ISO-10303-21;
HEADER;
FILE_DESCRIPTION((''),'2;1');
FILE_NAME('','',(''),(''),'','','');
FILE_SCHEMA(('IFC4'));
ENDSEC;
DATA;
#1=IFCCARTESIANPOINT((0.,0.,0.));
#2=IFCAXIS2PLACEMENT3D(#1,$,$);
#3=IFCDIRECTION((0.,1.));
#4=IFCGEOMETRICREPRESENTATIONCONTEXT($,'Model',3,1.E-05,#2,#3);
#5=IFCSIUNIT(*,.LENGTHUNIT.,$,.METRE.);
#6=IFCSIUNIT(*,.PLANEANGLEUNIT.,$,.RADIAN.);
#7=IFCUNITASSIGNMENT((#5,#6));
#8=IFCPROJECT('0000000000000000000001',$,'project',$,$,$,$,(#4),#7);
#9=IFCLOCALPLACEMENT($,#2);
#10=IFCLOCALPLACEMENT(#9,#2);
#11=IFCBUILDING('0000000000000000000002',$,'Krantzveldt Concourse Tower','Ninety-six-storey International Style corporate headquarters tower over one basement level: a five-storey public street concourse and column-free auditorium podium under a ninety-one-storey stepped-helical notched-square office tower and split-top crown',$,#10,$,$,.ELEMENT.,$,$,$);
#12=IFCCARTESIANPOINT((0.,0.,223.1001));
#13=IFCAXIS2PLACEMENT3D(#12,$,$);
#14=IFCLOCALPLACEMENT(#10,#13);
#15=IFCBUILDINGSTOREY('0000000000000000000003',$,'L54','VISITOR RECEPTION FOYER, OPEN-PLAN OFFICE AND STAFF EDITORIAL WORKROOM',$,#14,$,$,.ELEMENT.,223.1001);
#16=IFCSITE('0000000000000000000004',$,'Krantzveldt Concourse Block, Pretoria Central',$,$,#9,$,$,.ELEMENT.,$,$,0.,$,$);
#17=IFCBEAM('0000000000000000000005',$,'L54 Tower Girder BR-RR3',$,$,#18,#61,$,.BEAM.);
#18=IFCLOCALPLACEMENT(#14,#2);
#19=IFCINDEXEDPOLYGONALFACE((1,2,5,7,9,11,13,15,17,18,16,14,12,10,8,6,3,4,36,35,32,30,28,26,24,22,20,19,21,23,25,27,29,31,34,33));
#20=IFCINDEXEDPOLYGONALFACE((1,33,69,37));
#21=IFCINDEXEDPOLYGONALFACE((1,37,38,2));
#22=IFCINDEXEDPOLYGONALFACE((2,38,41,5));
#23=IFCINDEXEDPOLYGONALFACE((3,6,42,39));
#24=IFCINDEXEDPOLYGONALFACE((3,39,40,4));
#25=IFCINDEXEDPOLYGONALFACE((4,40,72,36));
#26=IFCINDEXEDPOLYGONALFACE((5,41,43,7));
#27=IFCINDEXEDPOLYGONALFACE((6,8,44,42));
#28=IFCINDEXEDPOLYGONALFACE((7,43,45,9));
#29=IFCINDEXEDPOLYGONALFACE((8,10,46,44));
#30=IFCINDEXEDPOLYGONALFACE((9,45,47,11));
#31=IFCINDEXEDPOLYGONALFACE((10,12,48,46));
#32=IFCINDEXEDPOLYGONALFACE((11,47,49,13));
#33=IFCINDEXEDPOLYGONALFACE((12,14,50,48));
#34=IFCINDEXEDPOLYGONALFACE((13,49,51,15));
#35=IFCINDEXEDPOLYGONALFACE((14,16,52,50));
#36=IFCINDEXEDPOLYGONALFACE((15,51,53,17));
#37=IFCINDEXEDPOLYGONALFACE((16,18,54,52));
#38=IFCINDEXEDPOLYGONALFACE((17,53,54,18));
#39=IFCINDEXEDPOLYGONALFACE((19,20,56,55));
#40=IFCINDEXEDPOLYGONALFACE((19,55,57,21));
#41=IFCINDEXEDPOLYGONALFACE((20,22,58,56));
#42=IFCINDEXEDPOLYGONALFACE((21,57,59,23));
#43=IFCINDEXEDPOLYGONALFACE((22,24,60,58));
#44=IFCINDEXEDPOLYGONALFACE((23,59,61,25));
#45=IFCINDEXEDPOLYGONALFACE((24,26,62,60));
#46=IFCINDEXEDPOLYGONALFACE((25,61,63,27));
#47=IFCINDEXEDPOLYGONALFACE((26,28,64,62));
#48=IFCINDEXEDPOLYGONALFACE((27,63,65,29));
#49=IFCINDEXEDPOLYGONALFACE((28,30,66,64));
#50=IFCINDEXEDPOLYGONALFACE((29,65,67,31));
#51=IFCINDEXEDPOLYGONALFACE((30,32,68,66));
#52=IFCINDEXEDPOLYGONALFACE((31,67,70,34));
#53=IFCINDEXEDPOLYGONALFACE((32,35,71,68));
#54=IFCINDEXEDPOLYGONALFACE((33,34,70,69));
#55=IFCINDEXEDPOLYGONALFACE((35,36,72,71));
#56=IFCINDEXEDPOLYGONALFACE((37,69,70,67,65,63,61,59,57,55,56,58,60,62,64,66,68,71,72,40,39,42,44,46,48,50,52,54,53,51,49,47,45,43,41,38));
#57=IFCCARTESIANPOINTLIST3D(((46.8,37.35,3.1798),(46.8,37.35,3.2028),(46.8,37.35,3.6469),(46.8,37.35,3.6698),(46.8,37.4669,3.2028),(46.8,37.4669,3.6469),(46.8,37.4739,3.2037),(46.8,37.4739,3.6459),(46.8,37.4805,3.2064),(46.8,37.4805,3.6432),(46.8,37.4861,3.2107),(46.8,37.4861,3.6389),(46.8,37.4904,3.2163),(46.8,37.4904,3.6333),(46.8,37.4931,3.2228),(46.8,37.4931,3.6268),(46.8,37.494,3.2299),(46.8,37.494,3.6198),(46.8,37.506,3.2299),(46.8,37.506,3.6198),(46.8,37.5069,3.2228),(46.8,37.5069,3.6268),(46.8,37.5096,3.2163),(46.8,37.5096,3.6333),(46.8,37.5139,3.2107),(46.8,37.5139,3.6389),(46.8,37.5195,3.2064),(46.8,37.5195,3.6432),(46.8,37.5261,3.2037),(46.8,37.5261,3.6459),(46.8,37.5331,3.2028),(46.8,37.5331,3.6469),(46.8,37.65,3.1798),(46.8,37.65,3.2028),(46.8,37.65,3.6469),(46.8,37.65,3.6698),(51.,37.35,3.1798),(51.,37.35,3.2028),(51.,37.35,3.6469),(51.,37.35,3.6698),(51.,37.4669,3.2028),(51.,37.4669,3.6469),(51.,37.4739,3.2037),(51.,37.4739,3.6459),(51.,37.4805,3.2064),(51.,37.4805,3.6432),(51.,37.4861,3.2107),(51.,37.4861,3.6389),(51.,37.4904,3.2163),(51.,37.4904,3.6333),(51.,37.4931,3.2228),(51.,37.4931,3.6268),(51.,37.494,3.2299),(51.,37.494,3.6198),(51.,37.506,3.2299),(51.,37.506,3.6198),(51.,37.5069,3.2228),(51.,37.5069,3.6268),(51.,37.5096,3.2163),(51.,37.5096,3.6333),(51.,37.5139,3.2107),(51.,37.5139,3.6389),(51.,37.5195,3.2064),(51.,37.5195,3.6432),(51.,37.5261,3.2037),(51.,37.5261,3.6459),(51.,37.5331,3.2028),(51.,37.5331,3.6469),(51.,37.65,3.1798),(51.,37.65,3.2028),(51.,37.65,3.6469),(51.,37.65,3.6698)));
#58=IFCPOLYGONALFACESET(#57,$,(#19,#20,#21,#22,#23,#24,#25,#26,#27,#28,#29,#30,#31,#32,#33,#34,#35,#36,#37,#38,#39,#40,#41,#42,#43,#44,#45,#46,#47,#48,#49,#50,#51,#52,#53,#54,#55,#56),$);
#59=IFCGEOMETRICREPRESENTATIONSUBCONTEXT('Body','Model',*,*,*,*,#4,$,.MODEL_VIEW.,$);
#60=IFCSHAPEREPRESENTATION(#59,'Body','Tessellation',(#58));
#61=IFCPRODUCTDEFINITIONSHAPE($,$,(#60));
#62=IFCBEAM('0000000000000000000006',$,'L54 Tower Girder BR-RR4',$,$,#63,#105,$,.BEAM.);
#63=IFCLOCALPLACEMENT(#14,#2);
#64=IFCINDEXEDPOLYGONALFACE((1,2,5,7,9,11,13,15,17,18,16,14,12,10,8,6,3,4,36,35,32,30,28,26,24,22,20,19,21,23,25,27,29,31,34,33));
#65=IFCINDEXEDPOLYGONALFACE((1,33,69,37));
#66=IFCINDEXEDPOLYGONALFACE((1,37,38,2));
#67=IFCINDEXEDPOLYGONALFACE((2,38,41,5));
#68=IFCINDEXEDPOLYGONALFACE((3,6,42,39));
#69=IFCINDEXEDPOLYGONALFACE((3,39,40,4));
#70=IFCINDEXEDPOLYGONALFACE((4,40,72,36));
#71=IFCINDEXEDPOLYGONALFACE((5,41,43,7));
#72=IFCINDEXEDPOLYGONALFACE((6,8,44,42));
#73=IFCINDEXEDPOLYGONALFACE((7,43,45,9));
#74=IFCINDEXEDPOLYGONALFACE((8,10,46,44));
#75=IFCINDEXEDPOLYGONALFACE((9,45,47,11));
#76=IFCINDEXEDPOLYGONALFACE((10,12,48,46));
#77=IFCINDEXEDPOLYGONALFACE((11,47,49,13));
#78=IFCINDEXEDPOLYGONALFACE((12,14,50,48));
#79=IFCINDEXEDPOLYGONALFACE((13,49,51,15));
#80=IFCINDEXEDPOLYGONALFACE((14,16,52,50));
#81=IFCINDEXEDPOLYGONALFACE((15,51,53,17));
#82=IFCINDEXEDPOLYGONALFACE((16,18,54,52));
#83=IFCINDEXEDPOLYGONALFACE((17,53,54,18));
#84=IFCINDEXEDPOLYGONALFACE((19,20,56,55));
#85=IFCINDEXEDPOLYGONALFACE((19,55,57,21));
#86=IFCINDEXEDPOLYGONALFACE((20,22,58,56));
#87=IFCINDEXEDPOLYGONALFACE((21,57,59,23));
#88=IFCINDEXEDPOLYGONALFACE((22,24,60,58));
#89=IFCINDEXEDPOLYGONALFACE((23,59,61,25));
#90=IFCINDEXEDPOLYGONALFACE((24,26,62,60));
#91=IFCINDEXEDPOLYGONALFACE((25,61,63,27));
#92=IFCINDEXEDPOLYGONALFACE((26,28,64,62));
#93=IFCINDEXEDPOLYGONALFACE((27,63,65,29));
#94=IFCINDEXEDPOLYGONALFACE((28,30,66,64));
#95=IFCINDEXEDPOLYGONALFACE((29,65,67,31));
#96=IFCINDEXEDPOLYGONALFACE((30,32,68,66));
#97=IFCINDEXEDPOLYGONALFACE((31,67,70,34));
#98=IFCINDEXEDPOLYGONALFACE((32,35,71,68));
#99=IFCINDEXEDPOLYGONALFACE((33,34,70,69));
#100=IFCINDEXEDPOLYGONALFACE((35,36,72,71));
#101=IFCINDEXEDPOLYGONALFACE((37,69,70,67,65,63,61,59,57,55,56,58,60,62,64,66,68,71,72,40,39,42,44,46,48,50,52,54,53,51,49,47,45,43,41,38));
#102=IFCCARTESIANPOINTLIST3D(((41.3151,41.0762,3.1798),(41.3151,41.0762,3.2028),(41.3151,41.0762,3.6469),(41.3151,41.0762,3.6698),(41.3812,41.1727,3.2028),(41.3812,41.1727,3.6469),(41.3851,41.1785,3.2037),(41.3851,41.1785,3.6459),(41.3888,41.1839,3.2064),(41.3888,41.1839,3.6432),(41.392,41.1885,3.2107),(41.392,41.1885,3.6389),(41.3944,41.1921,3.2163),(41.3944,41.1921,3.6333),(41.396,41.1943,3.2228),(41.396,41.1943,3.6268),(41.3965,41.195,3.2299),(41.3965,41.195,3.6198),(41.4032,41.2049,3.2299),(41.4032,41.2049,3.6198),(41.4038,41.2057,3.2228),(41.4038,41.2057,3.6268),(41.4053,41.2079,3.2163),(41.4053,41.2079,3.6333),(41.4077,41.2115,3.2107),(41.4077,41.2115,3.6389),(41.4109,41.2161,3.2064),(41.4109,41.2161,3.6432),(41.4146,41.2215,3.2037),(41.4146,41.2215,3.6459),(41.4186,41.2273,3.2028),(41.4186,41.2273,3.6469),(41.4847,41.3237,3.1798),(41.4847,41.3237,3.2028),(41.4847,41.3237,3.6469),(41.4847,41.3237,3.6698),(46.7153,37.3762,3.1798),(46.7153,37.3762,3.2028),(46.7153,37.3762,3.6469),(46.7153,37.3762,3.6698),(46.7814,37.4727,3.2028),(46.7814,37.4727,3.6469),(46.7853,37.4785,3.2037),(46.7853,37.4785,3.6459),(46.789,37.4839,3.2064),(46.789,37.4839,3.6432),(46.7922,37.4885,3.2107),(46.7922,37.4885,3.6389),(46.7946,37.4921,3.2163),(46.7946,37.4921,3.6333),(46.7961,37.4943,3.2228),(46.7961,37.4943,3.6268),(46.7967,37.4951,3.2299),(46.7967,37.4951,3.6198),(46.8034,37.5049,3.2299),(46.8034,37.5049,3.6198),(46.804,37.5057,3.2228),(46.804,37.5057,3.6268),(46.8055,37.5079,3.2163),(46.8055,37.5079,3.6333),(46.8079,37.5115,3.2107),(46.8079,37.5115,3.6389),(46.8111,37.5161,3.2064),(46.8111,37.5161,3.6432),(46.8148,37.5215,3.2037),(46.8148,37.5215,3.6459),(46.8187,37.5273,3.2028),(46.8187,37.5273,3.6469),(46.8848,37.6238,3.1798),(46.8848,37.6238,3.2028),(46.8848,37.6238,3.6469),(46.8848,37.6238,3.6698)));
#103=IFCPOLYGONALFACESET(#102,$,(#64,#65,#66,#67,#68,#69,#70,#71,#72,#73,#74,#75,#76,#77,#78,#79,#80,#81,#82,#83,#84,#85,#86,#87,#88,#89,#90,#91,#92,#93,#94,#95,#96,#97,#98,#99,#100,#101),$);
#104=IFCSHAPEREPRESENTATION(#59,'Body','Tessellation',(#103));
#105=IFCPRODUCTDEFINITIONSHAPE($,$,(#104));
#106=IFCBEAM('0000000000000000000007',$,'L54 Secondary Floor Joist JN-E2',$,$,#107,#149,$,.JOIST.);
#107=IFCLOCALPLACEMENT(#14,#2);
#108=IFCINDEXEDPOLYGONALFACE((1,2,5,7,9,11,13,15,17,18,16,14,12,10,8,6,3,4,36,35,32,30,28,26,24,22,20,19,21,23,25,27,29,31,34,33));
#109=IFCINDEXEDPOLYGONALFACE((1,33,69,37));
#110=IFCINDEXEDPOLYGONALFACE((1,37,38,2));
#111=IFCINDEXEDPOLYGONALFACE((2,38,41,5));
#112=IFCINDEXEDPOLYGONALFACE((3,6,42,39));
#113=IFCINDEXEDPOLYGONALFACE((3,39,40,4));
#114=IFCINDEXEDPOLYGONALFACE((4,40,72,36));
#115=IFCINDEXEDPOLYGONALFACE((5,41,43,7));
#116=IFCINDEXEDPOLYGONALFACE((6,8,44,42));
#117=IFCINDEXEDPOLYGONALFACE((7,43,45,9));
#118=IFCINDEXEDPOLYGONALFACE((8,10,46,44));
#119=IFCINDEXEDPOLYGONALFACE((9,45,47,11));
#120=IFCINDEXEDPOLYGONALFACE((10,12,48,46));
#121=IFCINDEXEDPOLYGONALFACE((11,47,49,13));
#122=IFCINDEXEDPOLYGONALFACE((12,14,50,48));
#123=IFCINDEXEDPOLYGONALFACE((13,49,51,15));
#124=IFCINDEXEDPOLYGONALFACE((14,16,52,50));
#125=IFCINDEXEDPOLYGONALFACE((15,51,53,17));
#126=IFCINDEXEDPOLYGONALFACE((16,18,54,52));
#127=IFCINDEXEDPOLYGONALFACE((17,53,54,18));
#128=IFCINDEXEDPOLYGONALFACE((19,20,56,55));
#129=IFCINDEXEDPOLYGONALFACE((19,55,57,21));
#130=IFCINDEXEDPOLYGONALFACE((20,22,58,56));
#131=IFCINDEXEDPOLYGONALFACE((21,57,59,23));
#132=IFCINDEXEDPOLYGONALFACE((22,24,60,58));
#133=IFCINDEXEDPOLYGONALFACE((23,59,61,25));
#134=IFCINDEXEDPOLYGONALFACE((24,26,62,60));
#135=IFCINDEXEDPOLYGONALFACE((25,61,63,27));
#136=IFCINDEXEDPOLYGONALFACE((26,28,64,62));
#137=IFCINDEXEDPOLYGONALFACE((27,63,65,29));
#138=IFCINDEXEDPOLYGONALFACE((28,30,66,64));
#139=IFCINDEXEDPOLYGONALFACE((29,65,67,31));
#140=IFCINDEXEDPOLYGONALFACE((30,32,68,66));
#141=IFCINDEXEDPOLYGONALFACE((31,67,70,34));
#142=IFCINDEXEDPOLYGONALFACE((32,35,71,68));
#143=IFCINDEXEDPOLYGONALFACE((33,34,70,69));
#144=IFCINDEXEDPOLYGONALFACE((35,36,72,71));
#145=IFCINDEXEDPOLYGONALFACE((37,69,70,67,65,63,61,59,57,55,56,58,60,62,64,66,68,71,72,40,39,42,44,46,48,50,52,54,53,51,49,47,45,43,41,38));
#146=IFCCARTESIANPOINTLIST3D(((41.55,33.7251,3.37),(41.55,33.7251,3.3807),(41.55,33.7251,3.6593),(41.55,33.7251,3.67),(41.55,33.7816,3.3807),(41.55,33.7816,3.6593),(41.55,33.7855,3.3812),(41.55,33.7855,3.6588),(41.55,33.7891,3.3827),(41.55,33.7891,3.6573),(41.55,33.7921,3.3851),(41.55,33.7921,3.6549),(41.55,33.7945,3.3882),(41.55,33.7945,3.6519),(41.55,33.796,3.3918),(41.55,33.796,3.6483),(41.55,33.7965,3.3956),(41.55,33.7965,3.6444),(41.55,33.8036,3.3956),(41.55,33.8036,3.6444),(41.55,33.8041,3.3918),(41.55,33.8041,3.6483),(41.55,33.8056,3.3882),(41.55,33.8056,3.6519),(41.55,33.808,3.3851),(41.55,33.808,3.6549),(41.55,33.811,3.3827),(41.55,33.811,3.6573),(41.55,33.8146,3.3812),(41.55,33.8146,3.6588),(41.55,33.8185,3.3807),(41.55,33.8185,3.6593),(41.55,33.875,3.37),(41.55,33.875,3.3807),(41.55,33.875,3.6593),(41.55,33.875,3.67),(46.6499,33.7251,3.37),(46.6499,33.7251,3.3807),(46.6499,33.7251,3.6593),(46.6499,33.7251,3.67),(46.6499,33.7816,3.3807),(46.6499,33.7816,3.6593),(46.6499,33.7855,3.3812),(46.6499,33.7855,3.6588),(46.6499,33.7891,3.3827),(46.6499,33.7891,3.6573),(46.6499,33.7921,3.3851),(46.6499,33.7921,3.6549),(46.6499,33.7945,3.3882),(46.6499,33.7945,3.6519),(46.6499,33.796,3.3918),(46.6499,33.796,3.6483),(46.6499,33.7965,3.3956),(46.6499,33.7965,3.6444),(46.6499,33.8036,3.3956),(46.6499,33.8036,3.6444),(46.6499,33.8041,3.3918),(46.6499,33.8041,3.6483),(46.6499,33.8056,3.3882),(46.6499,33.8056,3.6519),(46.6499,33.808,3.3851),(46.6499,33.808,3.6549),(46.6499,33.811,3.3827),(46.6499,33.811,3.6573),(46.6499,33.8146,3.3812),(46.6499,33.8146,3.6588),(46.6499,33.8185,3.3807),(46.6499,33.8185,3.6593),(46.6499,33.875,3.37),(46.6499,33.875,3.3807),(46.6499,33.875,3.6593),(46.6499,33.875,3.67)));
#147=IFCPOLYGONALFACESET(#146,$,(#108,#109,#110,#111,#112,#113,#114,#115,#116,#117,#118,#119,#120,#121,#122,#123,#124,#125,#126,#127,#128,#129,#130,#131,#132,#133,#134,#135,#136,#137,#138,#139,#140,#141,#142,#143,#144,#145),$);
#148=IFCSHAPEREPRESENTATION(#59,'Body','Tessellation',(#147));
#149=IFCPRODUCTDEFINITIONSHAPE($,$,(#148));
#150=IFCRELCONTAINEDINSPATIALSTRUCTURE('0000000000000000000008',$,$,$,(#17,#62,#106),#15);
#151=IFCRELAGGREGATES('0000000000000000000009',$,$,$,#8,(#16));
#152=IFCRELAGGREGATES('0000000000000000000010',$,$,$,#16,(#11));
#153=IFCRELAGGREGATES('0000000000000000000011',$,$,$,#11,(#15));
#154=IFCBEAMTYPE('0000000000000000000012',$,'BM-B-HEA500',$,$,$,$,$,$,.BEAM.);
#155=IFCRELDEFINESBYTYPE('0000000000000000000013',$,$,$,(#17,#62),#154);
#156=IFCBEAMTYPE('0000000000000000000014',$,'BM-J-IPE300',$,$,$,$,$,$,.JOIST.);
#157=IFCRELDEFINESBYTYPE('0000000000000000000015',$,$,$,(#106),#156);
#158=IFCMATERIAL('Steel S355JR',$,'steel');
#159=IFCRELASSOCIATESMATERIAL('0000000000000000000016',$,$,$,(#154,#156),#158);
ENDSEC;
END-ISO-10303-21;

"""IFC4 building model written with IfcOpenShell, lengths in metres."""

from ifc_helpers import new_model, si_unit, direction, frame, origin, origin_2d, place, context, subcontext, project, spatial, i_section, extrude, source, transform, mapped, material, material_profile, profile_set, type_object, type_shapes, element, save


model = new_model("IFC4")

# Units and contexts
model_context = context("Model", 3, precision=1e-05, world=origin(), true_north=direction((0.0, 1.0)))
body_context = subcontext(model_context, "Body", "Model", "MODEL_VIEW")
ifc_project = project(units=[si_unit("LENGTHUNIT", "METRE"), si_unit("PLANEANGLEUNIT", "RADIAN")], contexts=[model_context])

# Site, building, storey
site_placement = place(None, origin())
site = spatial("IfcSite", under=ifc_project, at=site_placement, Name="Krantzveldt Concourse Block, Pretoria Central", CompositionType="ELEMENT", RefElevation=0.0)
building_placement = place(site_placement, origin())
building = spatial("IfcBuilding", under=site, at=building_placement, Name="Krantzveldt Concourse Tower", Description="Ninety-six-storey International Style corporate headquarters tower over one basement level: a five-storey public street concourse and column-free auditorium podium under a ninety-one-storey stepped-helical notched-square office tower and split-top crown", CompositionType="ELEMENT")
storey_placement = place(building_placement, frame((0.0, 0.0, 223.1001)))
storey = spatial("IfcBuildingStorey", under=building, at=storey_placement, Name="L54", Description="VISITOR RECEPTION FOYER, OPEN-PLAN OFFICE AND STAFF EDITORIAL WORKROOM", CompositionType="ELEMENT", Elevation=223.1001)

# Beams
ifc_material_1 = material(Name="Steel S355JR", Category="steel")
ifc_material_profile_1 = material_profile(ifc_material_1, i_section(OverallWidth=0.3, OverallDepth=0.49, WebThickness=0.012, FlangeThickness=0.0229, FilletRadius=0.0271, at=origin_2d()), Name="Steel S355JR", Category="steel")
ifc_profile_set_1 = profile_set([ifc_material_profile_1], Name="Steel S355JR - HEA 500")
beam_type_1 = type_object("IfcBeamType", Name="BM-B-HEA500", PredefinedType="BEAM", material=ifc_profile_set_1)
shared_shape_1 = source(origin(), body_context, "Body", "SweptSolid", [
    extrude(i_section(OverallWidth=0.3, OverallDepth=0.49, WebThickness=0.012, FlangeThickness=0.0229, FilletRadius=0.0271, at=origin_2d()), origin(), (0.0, 0.0, 1.0), 4.2),
])
beam_1_placement = place(storey_placement, frame((46.8, 37.5, 3.4248), z_axis=(1.0, 0.0, 0.0), x_axis=(0.0, 1.0, 0.0)))
element("IfcBeam", 1, at=beam_1_placement, inside=storey, type_object=beam_type_1, Name="L54 Tower Girder BR-RR3", PredefinedType="BEAM", context=body_context, shape_type="MappedRepresentation", body=[
    mapped(shared_shape_1, transform((0.0, 0.0, 0.0), x_axis=(1.0, 0.0, 0.0), y_axis=(0.0, 1.0, 0.0), z_axis=(0.0, 0.0, 1.0), scale=1.0)),
])
shared_shape_2 = source(origin(), body_context, "Body", "SweptSolid", [
    extrude(i_section(OverallWidth=0.3, OverallDepth=0.49, WebThickness=0.012, FlangeThickness=0.0229, FilletRadius=0.0271, at=origin_2d()), origin(), (0.0, 0.0, 1.0), 6.5461),
])
type_shapes(beam_type_1, [shared_shape_1, shared_shape_2])
beam_2_placement = place(storey_placement, frame((46.8, 37.5, 3.4248), z_axis=(-0.824943, 0.565216, 0.0), x_axis=(-0.565216, -0.824943, 0.0)))
element("IfcBeam", 2, at=beam_2_placement, inside=storey, type_object=beam_type_1, Name="L54 Tower Girder BR-RR4", PredefinedType="BEAM", context=body_context, shape_type="MappedRepresentation", body=[
    mapped(shared_shape_2, transform((0.0, 0.0, 0.0), x_axis=(1.0, 0.0, 0.0), y_axis=(0.0, 1.0, 0.0), z_axis=(0.0, 0.0, 1.0), scale=1.0)),
])
ifc_material_profile_2 = material_profile(ifc_material_1, i_section(OverallWidth=0.1499, OverallDepth=0.3, WebThickness=0.0071, FlangeThickness=0.0107, FilletRadius=0.0149, at=origin_2d()), Name="Steel S355JR", Category="steel")
ifc_profile_set_2 = profile_set([ifc_material_profile_2], Name="Steel S355JR - IPE 300")
beam_type_2 = type_object("IfcBeamType", Name="BM-J-IPE300", PredefinedType="JOIST", material=ifc_profile_set_2)
shared_shape_3 = source(origin(), body_context, "Body", "SweptSolid", [
    extrude(i_section(OverallWidth=0.1499, OverallDepth=0.3, WebThickness=0.0071, FlangeThickness=0.0107, FilletRadius=0.0149, at=origin_2d()), origin(), (0.0, 0.0, 1.0), 5.0999),
])
type_shapes(beam_type_2, [shared_shape_3])
beam_3_placement = place(storey_placement, frame((41.55, 33.8, 3.52), z_axis=(1.0, 0.0, 0.0), x_axis=(0.0, 1.0, 0.0)))
element("IfcBeam", 3, at=beam_3_placement, inside=storey, type_object=beam_type_2, Name="L54 Secondary Floor Joist JN-E2", PredefinedType="JOIST", context=body_context, shape_type="MappedRepresentation", body=[
    mapped(shared_shape_3, transform((0.0, 0.0, 0.0), x_axis=(1.0, 0.0, 0.0), y_axis=(0.0, 1.0, 0.0), z_axis=(0.0, 0.0, 1.0), scale=1.0)),
])

save(model, "model.ifc")
